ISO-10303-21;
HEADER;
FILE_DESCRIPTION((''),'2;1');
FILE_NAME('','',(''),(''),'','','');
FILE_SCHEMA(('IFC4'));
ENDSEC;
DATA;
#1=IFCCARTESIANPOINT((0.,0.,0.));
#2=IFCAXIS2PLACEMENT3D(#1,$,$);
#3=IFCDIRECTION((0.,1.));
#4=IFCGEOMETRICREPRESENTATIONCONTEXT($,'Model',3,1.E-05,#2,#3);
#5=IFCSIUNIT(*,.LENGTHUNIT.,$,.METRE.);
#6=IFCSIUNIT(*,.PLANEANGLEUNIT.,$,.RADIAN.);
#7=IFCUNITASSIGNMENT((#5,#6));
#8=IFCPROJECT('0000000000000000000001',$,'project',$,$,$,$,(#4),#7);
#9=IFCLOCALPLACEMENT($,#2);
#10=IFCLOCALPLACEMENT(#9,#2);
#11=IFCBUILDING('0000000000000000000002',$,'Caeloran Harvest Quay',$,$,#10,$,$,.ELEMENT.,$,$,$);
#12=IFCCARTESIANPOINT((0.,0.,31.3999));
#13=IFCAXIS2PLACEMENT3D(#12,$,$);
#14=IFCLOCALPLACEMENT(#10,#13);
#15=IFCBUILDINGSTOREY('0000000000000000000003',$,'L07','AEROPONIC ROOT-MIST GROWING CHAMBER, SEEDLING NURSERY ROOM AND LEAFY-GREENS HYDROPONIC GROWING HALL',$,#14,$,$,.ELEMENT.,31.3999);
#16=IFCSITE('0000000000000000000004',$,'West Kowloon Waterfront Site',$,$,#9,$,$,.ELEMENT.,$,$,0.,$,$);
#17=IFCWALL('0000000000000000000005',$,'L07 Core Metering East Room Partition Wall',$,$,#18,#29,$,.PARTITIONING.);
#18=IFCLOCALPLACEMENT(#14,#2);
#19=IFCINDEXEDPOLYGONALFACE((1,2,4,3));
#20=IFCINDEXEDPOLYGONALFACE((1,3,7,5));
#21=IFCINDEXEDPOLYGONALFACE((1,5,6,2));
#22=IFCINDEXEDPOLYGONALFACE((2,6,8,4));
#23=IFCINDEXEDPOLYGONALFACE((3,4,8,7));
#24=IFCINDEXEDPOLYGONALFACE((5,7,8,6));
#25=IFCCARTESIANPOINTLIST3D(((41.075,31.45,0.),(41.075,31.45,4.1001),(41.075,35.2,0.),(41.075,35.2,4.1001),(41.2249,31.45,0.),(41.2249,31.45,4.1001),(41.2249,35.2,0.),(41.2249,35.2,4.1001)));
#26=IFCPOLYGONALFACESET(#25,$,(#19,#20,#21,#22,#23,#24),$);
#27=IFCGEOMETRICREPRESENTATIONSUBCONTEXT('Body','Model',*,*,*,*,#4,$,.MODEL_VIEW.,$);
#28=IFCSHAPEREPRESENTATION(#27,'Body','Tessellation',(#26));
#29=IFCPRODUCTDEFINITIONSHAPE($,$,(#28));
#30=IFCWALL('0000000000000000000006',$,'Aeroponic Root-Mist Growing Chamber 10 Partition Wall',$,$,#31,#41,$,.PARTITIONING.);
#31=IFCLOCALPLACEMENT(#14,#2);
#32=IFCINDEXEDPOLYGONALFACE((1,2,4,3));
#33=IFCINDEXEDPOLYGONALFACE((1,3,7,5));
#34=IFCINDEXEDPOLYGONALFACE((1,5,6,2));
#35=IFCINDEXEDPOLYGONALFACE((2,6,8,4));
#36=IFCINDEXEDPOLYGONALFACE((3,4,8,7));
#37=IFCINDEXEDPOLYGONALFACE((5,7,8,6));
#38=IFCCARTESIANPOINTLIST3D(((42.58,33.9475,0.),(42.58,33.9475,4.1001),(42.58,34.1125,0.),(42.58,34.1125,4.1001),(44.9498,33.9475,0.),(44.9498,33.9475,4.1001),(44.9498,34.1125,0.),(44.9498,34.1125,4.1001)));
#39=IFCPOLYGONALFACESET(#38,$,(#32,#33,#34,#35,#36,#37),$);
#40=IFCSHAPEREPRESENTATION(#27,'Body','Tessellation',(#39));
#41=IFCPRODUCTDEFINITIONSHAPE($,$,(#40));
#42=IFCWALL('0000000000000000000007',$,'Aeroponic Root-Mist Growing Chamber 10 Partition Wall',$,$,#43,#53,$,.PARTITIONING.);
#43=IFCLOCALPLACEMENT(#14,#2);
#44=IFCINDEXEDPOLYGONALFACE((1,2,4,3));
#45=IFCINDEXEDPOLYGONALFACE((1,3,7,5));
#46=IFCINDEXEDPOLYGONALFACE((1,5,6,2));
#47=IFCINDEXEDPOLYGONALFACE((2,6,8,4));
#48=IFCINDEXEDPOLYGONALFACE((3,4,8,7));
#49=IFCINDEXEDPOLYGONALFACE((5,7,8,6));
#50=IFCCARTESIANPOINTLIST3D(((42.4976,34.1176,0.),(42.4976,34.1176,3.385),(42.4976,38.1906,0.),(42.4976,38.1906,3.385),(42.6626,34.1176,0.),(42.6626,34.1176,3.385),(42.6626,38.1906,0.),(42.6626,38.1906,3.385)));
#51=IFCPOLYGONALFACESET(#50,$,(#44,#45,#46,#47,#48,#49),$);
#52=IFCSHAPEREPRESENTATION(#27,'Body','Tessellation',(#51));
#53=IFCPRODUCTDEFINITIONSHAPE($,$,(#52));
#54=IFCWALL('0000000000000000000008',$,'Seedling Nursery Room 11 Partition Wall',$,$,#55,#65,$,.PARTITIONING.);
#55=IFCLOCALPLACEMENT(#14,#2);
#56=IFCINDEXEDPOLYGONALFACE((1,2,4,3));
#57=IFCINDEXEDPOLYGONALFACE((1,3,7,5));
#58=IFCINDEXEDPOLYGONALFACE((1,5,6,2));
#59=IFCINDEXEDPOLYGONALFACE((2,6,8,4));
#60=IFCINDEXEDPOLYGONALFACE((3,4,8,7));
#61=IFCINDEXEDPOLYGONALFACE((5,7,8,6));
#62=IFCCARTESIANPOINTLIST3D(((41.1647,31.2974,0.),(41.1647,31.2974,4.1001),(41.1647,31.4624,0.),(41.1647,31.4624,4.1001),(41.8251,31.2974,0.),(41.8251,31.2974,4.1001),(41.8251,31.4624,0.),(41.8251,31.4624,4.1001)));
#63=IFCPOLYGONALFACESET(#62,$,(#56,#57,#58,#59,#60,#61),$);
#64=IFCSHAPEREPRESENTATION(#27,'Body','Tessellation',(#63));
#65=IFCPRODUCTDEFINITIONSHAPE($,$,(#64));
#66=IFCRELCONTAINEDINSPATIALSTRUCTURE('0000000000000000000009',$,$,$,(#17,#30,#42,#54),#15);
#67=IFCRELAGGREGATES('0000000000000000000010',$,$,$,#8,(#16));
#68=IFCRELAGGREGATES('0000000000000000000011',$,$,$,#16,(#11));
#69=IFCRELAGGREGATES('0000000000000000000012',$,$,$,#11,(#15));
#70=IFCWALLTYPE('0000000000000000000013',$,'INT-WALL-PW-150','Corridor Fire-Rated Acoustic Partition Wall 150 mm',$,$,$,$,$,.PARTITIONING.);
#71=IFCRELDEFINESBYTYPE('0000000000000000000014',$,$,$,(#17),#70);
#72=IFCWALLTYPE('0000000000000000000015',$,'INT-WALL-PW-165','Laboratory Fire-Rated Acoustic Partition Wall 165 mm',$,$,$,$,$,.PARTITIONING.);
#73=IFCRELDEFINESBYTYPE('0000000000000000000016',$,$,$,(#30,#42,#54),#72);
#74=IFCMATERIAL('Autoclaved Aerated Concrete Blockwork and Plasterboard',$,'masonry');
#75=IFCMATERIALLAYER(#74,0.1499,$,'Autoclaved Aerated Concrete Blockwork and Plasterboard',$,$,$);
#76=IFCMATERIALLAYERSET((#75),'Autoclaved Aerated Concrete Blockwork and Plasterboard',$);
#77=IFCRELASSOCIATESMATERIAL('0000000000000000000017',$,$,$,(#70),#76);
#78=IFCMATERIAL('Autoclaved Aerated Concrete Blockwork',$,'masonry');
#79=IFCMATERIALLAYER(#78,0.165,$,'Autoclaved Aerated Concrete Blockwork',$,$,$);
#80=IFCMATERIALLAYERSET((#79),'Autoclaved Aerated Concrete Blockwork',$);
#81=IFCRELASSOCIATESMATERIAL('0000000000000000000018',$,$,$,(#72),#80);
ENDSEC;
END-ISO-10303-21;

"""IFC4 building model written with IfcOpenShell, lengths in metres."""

from ifc_helpers import new_model, si_unit, direction, frame, frame_2d, origin, place, context, subcontext, project, spatial, rectangle, extrude, material, layer, layer_set, type_object, element, save


model = new_model("IFC4")

# Units and contexts
model_context = context("Model", 3, precision=1e-05, world=origin(), true_north=direction((0.0, 1.0)))
body_context = subcontext(model_context, "Body", "Model", "MODEL_VIEW")
ifc_project = project(units=[si_unit("LENGTHUNIT", "METRE"), si_unit("PLANEANGLEUNIT", "RADIAN")], contexts=[model_context])

# Site, building, storey
site_placement = place(None, origin())
site = spatial("IfcSite", under=ifc_project, at=site_placement, Name="West Kowloon Waterfront Site", CompositionType="ELEMENT", RefElevation=0.0)
building_placement = place(site_placement, origin())
building = spatial("IfcBuilding", under=site, at=building_placement, Name="Caeloran Harvest Quay", CompositionType="ELEMENT")
storey_placement = place(building_placement, frame((0.0, 0.0, 31.3999)))
storey = spatial("IfcBuildingStorey", under=building, at=storey_placement, Name="L07", Description="AEROPONIC ROOT-MIST GROWING CHAMBER, SEEDLING NURSERY ROOM AND LEAFY-GREENS HYDROPONIC GROWING HALL", CompositionType="ELEMENT", Elevation=31.3999)

# Walls
ifc_material_1 = material(Name="Autoclaved Aerated Concrete Blockwork and Plasterboard", Category="masonry")
ifc_layer_1 = layer(ifc_material_1, 0.1499, Name="Autoclaved Aerated Concrete Blockwork and Plasterboard")
ifc_layer_set_1 = layer_set([ifc_layer_1], Name="Autoclaved Aerated Concrete Blockwork and Plasterboard")
wall_type_1 = type_object("IfcWallType", Name="INT-WALL-PW-150", Description="Corridor Fire-Rated Acoustic Partition Wall 150 mm", PredefinedType="PARTITIONING", material=ifc_layer_set_1)
wall_1_placement = place(storey_placement, frame((41.1499, 35.2, 0.0), z_axis=(0.0, 0.0, 1.0), x_axis=(0.0, -1.0, 0.0)))
element("IfcWall", 1, at=wall_1_placement, inside=storey, type_object=wall_type_1, Name="L07 Core Metering East Room Partition Wall", PredefinedType="PARTITIONING", context=body_context, shape_type="SweptSolid", body=[
    extrude(rectangle(XDim=3.75, YDim=0.1499, at=frame_2d((1.875, 0.0))), origin(), (0.0, 0.0, 1.0), 4.1001),
])
ifc_material_2 = material(Name="Autoclaved Aerated Concrete Blockwork", Category="masonry")
ifc_layer_2 = layer(ifc_material_2, 0.165, Name="Autoclaved Aerated Concrete Blockwork")
ifc_layer_set_2 = layer_set([ifc_layer_2], Name="Autoclaved Aerated Concrete Blockwork")
wall_type_2 = type_object("IfcWallType", Name="INT-WALL-PW-165", Description="Laboratory Fire-Rated Acoustic Partition Wall 165 mm", PredefinedType="PARTITIONING", material=ifc_layer_set_2)
wall_2_placement = place(storey_placement, frame((44.95, 34.03, 0.0), z_axis=(0.0, 0.0, 1.0), x_axis=(-1.0, 0.0, 0.0)))
element("IfcWall", 2, at=wall_2_placement, inside=storey, type_object=wall_type_2, Name="Aeroponic Root-Mist Growing Chamber 10 Partition Wall", PredefinedType="PARTITIONING", context=body_context, shape_type="SweptSolid", body=[
    extrude(rectangle(XDim=2.3699, YDim=0.165, at=frame_2d((1.1851, 0.0))), origin(), (0.0, 0.0, 1.0), 4.1001),
])
wall_3_placement = place(storey_placement, frame((42.5801, 34.1174, 0.0), z_axis=(0.0, 0.0, 1.0), x_axis=(0.0, 1.0, 0.0)))
element("IfcWall", 3, at=wall_3_placement, inside=storey, type_object=wall_type_2, Name="Aeroponic Root-Mist Growing Chamber 10 Partition Wall", PredefinedType="PARTITIONING", context=body_context, shape_type="SweptSolid", body=[
    extrude(rectangle(XDim=4.073, YDim=0.165, at=frame_2d((2.0366, 0.0))), origin(), (0.0, 0.0, 1.0), 3.385),
])

# Wall
wall_4_placement = place(storey_placement, frame((41.825, 31.3799, 0.0), z_axis=(0.0, 0.0, 1.0), x_axis=(-1.0, 0.0, 0.0)))
element("IfcWall", 4, at=wall_4_placement, inside=storey, type_object=wall_type_2, Name="Seedling Nursery Room 11 Partition Wall", PredefinedType="PARTITIONING", context=body_context, shape_type="SweptSolid", body=[
    extrude(rectangle(XDim=0.6604, YDim=0.165, at=frame_2d((0.3301, 0.0))), origin(), (0.0, 0.0, 1.0), 4.1001),
])

save(model, "model.ifc")
